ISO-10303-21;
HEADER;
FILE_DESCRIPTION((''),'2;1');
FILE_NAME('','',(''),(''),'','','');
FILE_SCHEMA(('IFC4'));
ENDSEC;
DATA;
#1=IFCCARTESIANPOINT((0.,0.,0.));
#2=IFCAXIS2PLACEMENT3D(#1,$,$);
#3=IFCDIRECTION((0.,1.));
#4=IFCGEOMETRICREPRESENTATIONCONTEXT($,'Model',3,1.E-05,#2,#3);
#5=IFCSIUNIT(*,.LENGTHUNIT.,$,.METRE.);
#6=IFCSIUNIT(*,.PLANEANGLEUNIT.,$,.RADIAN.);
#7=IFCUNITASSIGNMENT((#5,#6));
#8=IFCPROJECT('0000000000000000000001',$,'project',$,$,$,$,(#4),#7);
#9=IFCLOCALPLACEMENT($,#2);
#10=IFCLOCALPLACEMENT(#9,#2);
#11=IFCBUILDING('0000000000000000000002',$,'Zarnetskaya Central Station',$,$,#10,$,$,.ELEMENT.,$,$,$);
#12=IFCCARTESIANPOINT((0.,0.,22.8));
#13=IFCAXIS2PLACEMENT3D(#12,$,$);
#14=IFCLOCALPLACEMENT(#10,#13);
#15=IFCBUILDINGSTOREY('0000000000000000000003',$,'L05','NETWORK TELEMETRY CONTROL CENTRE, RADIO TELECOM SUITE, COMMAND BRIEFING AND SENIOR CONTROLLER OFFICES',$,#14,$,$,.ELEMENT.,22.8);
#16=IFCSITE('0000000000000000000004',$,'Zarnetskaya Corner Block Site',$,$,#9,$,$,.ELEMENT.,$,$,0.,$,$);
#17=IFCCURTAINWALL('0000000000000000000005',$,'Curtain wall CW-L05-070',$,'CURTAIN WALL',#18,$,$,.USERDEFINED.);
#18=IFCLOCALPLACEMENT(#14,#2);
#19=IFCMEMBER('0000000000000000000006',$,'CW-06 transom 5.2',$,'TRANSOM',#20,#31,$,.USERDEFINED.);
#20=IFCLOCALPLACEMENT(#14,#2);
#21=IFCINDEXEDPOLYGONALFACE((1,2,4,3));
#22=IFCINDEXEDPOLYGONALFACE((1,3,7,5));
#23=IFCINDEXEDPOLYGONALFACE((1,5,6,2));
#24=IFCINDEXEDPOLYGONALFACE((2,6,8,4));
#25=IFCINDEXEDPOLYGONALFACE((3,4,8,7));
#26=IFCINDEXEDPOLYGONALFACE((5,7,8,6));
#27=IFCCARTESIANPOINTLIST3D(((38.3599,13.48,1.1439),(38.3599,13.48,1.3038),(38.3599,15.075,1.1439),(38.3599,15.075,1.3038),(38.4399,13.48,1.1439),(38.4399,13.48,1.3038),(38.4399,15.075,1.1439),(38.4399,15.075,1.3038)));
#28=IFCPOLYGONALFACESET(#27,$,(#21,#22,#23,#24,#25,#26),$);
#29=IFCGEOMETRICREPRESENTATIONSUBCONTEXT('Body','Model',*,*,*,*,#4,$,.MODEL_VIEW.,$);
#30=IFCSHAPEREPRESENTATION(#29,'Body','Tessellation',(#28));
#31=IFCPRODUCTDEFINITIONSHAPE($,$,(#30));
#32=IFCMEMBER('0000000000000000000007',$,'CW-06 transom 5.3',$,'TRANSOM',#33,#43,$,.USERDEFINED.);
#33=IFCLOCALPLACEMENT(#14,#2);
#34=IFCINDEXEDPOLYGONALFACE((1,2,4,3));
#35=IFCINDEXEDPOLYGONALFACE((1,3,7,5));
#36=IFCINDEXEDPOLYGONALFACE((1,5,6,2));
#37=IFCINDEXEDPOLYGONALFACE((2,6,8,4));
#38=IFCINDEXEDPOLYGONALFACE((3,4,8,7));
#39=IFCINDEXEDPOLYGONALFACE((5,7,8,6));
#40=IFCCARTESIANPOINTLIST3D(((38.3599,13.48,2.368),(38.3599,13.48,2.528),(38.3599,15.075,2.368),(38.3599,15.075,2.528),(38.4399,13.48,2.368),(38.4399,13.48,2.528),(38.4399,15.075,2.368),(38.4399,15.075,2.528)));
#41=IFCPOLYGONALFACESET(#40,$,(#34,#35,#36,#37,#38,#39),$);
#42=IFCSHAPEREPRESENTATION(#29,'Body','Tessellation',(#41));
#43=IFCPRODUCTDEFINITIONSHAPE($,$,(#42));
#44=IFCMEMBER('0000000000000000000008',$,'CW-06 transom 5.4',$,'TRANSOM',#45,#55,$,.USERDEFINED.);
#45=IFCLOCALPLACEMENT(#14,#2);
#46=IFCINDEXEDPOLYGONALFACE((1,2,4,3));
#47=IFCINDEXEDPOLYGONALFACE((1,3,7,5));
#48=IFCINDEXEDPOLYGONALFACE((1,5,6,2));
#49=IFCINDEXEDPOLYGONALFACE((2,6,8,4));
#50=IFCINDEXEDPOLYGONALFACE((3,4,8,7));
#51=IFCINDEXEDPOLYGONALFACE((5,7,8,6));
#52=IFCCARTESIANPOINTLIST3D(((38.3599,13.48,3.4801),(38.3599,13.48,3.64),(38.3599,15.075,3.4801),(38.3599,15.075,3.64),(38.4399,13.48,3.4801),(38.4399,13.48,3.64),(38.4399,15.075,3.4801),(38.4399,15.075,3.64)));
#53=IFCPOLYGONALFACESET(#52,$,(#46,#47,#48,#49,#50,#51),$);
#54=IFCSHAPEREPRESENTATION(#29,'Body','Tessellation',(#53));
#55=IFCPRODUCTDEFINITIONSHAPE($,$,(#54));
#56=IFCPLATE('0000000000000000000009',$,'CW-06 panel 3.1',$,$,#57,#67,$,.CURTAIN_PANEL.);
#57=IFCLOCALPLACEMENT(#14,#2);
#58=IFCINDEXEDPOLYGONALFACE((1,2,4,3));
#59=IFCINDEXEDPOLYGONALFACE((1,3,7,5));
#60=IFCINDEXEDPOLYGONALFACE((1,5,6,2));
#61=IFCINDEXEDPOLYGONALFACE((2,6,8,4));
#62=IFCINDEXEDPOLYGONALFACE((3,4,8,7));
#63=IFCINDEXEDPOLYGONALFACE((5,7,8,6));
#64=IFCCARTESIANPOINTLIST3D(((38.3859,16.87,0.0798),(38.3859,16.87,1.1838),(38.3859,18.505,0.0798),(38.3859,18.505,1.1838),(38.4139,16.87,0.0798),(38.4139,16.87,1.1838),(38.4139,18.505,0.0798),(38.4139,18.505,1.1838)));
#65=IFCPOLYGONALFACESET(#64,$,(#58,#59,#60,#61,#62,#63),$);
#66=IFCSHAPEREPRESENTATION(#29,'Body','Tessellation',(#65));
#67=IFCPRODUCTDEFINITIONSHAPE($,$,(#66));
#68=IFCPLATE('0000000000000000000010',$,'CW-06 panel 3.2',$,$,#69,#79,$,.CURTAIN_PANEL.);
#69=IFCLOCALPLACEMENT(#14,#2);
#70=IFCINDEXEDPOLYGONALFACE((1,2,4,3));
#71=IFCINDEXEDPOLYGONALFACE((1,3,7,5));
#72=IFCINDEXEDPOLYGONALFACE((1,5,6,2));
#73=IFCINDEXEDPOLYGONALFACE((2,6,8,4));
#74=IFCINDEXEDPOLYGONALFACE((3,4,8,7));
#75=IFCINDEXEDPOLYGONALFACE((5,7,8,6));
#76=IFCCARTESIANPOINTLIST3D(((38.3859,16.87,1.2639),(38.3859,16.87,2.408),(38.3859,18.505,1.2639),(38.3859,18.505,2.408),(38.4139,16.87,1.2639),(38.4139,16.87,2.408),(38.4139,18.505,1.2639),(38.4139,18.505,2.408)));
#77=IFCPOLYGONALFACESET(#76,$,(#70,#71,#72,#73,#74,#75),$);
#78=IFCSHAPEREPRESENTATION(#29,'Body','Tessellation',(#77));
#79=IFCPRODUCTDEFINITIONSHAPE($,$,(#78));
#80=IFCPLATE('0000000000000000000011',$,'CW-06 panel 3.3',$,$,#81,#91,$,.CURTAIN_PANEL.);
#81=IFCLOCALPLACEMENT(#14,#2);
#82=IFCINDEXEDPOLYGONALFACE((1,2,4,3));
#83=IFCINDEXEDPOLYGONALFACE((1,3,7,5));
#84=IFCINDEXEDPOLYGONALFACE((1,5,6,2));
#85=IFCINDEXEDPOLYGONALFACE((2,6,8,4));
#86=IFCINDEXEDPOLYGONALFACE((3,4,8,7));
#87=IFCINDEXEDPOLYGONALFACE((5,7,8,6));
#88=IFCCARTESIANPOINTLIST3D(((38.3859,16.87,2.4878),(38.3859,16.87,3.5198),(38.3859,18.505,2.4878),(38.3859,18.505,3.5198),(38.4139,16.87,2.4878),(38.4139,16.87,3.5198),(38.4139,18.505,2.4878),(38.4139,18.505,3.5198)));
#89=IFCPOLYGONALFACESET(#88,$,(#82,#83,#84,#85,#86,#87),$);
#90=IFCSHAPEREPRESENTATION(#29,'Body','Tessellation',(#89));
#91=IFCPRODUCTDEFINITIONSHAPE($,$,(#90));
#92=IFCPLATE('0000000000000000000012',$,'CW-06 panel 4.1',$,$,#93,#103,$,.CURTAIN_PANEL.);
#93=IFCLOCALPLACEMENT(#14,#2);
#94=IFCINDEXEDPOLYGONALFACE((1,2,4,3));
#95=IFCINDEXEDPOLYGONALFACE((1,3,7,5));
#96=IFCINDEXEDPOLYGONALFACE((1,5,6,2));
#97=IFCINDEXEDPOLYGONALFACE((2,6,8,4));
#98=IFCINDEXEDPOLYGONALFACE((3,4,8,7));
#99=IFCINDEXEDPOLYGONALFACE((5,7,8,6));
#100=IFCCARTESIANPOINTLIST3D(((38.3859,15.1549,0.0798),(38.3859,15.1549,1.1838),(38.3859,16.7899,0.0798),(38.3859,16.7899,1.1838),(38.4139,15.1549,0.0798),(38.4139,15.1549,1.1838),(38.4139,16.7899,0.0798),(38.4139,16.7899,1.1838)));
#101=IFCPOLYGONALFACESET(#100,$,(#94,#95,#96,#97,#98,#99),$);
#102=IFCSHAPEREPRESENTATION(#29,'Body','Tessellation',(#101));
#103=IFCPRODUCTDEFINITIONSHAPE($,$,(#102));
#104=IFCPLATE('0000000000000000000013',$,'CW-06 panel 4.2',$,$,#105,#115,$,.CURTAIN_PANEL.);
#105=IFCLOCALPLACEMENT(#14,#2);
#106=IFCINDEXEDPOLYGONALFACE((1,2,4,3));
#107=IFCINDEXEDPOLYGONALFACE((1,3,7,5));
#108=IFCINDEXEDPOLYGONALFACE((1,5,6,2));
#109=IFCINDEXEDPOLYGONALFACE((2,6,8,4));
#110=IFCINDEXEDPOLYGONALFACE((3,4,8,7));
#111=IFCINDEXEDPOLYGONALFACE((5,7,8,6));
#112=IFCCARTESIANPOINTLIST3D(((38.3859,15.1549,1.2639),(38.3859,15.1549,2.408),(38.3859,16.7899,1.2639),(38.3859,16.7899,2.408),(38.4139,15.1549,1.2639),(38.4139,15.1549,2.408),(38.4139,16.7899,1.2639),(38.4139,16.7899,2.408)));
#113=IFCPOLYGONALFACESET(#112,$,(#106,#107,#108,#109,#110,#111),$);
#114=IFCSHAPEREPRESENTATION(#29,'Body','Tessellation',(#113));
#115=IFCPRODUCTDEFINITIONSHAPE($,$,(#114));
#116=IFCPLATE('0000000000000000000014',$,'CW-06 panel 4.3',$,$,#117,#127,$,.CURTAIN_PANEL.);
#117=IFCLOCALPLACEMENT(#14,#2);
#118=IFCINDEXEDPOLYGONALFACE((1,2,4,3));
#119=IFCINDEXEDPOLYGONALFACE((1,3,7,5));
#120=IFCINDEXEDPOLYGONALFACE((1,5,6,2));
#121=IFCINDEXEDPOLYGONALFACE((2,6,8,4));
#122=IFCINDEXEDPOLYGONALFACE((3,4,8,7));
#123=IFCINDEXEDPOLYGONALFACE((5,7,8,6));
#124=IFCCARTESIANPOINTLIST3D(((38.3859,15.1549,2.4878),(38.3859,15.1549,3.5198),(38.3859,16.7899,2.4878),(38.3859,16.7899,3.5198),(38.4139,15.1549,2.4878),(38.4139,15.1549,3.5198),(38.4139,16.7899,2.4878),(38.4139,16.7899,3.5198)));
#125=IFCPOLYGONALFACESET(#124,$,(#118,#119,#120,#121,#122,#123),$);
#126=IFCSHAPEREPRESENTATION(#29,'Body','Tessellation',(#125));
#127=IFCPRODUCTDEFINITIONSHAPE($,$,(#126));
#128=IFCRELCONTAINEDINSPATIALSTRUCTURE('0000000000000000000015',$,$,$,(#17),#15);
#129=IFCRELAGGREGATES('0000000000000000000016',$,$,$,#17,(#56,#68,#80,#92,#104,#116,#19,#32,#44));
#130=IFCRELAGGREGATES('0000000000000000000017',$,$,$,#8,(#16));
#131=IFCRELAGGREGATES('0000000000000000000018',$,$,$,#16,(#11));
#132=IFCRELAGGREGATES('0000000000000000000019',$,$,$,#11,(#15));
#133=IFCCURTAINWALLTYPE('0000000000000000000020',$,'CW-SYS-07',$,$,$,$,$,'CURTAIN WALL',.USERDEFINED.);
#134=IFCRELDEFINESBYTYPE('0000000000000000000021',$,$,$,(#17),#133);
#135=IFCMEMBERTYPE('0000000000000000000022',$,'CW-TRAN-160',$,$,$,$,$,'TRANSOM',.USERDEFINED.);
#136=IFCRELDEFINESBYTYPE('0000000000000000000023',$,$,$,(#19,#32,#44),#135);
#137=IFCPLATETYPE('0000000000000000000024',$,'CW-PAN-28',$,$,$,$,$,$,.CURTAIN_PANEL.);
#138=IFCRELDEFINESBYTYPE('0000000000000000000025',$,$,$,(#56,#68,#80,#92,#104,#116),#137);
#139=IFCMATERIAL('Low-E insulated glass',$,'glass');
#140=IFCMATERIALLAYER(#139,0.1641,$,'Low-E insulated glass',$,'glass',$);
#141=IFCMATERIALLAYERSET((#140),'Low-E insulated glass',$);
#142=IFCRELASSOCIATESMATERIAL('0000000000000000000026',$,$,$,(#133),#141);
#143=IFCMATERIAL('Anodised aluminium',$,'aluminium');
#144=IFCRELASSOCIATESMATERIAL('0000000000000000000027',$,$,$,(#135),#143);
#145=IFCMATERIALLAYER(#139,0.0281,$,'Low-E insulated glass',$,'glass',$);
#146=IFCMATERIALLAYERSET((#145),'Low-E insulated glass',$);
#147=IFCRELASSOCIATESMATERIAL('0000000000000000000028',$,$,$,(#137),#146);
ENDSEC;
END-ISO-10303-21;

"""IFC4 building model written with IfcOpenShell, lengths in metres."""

from ifc_helpers import new_model, si_unit, direction, frame, origin, origin_2d, place, context, subcontext, project, spatial, rectangle, extrude, material, layer, layer_set, material_profile, profile_set, type_object, element, aggregate, save


model = new_model("IFC4")

# Units and contexts
model_context = context("Model", 3, precision=1e-05, world=origin(), true_north=direction((0.0, 1.0)))
body_context = subcontext(model_context, "Body", "Model", "MODEL_VIEW")
ifc_project = project(units=[si_unit("LENGTHUNIT", "METRE"), si_unit("PLANEANGLEUNIT", "RADIAN")], contexts=[model_context])

# Site, building, storey
site_placement = place(None, origin())
site = spatial("IfcSite", under=ifc_project, at=site_placement, Name="Zarnetskaya Corner Block Site", CompositionType="ELEMENT", RefElevation=0.0)
building_placement = place(site_placement, origin())
building = spatial("IfcBuilding", under=site, at=building_placement, Name="Zarnetskaya Central Station", CompositionType="ELEMENT")
storey_placement = place(building_placement, frame((0.0, 0.0, 22.8)))
storey = spatial("IfcBuildingStorey", under=building, at=storey_placement, Name="L05", Description="NETWORK TELEMETRY CONTROL CENTRE, RADIO TELECOM SUITE, COMMAND BRIEFING AND SENIOR CONTROLLER OFFICES", CompositionType="ELEMENT", Elevation=22.8)

# Curtain wall, members, plates
ifc_material_1 = material(Name="Low-E insulated glass", Category="glass")
ifc_layer_1 = layer(ifc_material_1, 0.1641, Name="Low-E insulated glass", Category="glass")
ifc_layer_set_1 = layer_set([ifc_layer_1], Name="Low-E insulated glass")
curtain_wall_type = type_object("IfcCurtainWallType", Name="CW-SYS-07", ElementType="CURTAIN WALL", PredefinedType="USERDEFINED", material=ifc_layer_set_1)
curtain_wall_placement = place(storey_placement, origin())
curtain_wall = element("IfcCurtainWall", 1, at=curtain_wall_placement, inside=storey, type_object=curtain_wall_type, Name="Curtain wall CW-L05-070", ObjectType="CURTAIN WALL", PredefinedType="USERDEFINED")
ifc_material_2 = material(Name="Anodised aluminium", Category="aluminium")
ifc_material_profile_1 = material_profile(ifc_material_2, rectangle(XDim=0.0801, YDim=0.1599, at=origin_2d()), Name="ALU TRAN 80x160")
ifc_profile_set_1 = profile_set([ifc_material_profile_1], Name="Anodised aluminium")
member_type_1 = type_object("IfcMemberType", Name="CW-TRAN-160", ElementType="TRANSOM", PredefinedType="USERDEFINED", material=ifc_profile_set_1)
member_1_placement = place(storey_placement, frame((38.3999, 15.075, 1.2239), z_axis=(0.0, -1.0, 0.0), x_axis=(1.0, 0.0, 0.0)))
member_1 = element("IfcMember", 2, at=member_1_placement, type_object=member_type_1, Name="CW-06 transom 5.2", ObjectType="TRANSOM", PredefinedType="USERDEFINED", context=body_context, shape_type="SweptSolid", body=[
    extrude(rectangle(XDim=0.0801, YDim=0.1599, at=origin_2d()), origin(), (0.0, 0.0, 1.0), 1.595),
])
member_2_placement = place(storey_placement, frame((38.3999, 15.075, 2.448), z_axis=(0.0, -1.0, 0.0), x_axis=(1.0, 0.0, 0.0)))
member_2 = element("IfcMember", 3, at=member_2_placement, type_object=member_type_1, Name="CW-06 transom 5.3", ObjectType="TRANSOM", PredefinedType="USERDEFINED", context=body_context, shape_type="SweptSolid", body=[
    extrude(rectangle(XDim=0.0801, YDim=0.1599, at=origin_2d()), origin(), (0.0, 0.0, 1.0), 1.595),
])
member_3_placement = place(storey_placement, frame((38.3999, 15.075, 3.5601), z_axis=(0.0, -1.0, 0.0), x_axis=(1.0, 0.0, 0.0)))
member_3 = element("IfcMember", 4, at=member_3_placement, type_object=member_type_1, Name="CW-06 transom 5.4", ObjectType="TRANSOM", PredefinedType="USERDEFINED", context=body_context, shape_type="SweptSolid", body=[
    extrude(rectangle(XDim=0.0801, YDim=0.1599, at=origin_2d()), origin(), (0.0, 0.0, 1.0), 1.595),
])
ifc_layer_2 = layer(ifc_material_1, 0.0281, Name="Low-E insulated glass", Category="glass")
ifc_layer_set_2 = layer_set([ifc_layer_2], Name="Low-E insulated glass")
plate_type = type_object("IfcPlateType", Name="CW-PAN-28", PredefinedType="CURTAIN_PANEL", material=ifc_layer_set_2)
plate_1_placement = place(storey_placement, frame((38.3999, 17.6875, 0.0798), z_axis=(0.0, 0.0, 1.0), x_axis=(0.0, -1.0, 0.0)))
plate_1 = element("IfcPlate", 5, at=plate_1_placement, type_object=plate_type, Name="CW-06 panel 3.1", PredefinedType="CURTAIN_PANEL", context=body_context, shape_type="SweptSolid", body=[
    extrude(rectangle(XDim=1.635, YDim=0.0281, at=origin_2d()), origin(), (0.0, 0.0, 1.0), 1.104),
])
plate_2_placement = place(storey_placement, frame((38.3999, 17.6875, 1.2639), z_axis=(0.0, 0.0, 1.0), x_axis=(0.0, -1.0, 0.0)))
plate_2 = element("IfcPlate", 6, at=plate_2_placement, type_object=plate_type, Name="CW-06 panel 3.2", PredefinedType="CURTAIN_PANEL", context=body_context, shape_type="SweptSolid", body=[
    extrude(rectangle(XDim=1.635, YDim=0.0281, at=origin_2d()), origin(), (0.0, 0.0, 1.0), 1.144),
])
plate_3_placement = place(storey_placement, frame((38.3999, 17.6875, 2.4878), z_axis=(0.0, 0.0, 1.0), x_axis=(0.0, -1.0, 0.0)))
plate_3 = element("IfcPlate", 7, at=plate_3_placement, type_object=plate_type, Name="CW-06 panel 3.3", PredefinedType="CURTAIN_PANEL", context=body_context, shape_type="SweptSolid", body=[
    extrude(rectangle(XDim=1.635, YDim=0.0281, at=origin_2d()), origin(), (0.0, 0.0, 1.0), 1.032),
])
plate_4_placement = place(storey_placement, frame((38.3999, 15.9724, 0.0798), z_axis=(0.0, 0.0, 1.0), x_axis=(0.0, -1.0, 0.0)))
plate_4 = element("IfcPlate", 8, at=plate_4_placement, type_object=plate_type, Name="CW-06 panel 4.1", PredefinedType="CURTAIN_PANEL", context=body_context, shape_type="SweptSolid", body=[
    extrude(rectangle(XDim=1.635, YDim=0.0281, at=origin_2d()), origin(), (0.0, 0.0, 1.0), 1.104),
])
plate_5_placement = place(storey_placement, frame((38.3999, 15.9724, 1.2639), z_axis=(0.0, 0.0, 1.0), x_axis=(0.0, -1.0, 0.0)))
plate_5 = element("IfcPlate", 9, at=plate_5_placement, type_object=plate_type, Name="CW-06 panel 4.2", PredefinedType="CURTAIN_PANEL", context=body_context, shape_type="SweptSolid", body=[
    extrude(rectangle(XDim=1.635, YDim=0.0281, at=origin_2d()), origin(), (0.0, 0.0, 1.0), 1.144),
])
plate_6_placement = place(storey_placement, frame((38.3999, 15.9724, 2.4878), z_axis=(0.0, 0.0, 1.0), x_axis=(0.0, -1.0, 0.0)))
plate_6 = element("IfcPlate", 10, at=plate_6_placement, type_object=plate_type, Name="CW-06 panel 4.3", PredefinedType="CURTAIN_PANEL", context=body_context, shape_type="SweptSolid", body=[
    extrude(rectangle(XDim=1.635, YDim=0.0281, at=origin_2d()), origin(), (0.0, 0.0, 1.0), 1.032),
])
aggregate(curtain_wall, [plate_1, plate_2, plate_3, plate_4, plate_5, plate_6, member_1, member_2, member_3])

save(model, "model.ifc")
